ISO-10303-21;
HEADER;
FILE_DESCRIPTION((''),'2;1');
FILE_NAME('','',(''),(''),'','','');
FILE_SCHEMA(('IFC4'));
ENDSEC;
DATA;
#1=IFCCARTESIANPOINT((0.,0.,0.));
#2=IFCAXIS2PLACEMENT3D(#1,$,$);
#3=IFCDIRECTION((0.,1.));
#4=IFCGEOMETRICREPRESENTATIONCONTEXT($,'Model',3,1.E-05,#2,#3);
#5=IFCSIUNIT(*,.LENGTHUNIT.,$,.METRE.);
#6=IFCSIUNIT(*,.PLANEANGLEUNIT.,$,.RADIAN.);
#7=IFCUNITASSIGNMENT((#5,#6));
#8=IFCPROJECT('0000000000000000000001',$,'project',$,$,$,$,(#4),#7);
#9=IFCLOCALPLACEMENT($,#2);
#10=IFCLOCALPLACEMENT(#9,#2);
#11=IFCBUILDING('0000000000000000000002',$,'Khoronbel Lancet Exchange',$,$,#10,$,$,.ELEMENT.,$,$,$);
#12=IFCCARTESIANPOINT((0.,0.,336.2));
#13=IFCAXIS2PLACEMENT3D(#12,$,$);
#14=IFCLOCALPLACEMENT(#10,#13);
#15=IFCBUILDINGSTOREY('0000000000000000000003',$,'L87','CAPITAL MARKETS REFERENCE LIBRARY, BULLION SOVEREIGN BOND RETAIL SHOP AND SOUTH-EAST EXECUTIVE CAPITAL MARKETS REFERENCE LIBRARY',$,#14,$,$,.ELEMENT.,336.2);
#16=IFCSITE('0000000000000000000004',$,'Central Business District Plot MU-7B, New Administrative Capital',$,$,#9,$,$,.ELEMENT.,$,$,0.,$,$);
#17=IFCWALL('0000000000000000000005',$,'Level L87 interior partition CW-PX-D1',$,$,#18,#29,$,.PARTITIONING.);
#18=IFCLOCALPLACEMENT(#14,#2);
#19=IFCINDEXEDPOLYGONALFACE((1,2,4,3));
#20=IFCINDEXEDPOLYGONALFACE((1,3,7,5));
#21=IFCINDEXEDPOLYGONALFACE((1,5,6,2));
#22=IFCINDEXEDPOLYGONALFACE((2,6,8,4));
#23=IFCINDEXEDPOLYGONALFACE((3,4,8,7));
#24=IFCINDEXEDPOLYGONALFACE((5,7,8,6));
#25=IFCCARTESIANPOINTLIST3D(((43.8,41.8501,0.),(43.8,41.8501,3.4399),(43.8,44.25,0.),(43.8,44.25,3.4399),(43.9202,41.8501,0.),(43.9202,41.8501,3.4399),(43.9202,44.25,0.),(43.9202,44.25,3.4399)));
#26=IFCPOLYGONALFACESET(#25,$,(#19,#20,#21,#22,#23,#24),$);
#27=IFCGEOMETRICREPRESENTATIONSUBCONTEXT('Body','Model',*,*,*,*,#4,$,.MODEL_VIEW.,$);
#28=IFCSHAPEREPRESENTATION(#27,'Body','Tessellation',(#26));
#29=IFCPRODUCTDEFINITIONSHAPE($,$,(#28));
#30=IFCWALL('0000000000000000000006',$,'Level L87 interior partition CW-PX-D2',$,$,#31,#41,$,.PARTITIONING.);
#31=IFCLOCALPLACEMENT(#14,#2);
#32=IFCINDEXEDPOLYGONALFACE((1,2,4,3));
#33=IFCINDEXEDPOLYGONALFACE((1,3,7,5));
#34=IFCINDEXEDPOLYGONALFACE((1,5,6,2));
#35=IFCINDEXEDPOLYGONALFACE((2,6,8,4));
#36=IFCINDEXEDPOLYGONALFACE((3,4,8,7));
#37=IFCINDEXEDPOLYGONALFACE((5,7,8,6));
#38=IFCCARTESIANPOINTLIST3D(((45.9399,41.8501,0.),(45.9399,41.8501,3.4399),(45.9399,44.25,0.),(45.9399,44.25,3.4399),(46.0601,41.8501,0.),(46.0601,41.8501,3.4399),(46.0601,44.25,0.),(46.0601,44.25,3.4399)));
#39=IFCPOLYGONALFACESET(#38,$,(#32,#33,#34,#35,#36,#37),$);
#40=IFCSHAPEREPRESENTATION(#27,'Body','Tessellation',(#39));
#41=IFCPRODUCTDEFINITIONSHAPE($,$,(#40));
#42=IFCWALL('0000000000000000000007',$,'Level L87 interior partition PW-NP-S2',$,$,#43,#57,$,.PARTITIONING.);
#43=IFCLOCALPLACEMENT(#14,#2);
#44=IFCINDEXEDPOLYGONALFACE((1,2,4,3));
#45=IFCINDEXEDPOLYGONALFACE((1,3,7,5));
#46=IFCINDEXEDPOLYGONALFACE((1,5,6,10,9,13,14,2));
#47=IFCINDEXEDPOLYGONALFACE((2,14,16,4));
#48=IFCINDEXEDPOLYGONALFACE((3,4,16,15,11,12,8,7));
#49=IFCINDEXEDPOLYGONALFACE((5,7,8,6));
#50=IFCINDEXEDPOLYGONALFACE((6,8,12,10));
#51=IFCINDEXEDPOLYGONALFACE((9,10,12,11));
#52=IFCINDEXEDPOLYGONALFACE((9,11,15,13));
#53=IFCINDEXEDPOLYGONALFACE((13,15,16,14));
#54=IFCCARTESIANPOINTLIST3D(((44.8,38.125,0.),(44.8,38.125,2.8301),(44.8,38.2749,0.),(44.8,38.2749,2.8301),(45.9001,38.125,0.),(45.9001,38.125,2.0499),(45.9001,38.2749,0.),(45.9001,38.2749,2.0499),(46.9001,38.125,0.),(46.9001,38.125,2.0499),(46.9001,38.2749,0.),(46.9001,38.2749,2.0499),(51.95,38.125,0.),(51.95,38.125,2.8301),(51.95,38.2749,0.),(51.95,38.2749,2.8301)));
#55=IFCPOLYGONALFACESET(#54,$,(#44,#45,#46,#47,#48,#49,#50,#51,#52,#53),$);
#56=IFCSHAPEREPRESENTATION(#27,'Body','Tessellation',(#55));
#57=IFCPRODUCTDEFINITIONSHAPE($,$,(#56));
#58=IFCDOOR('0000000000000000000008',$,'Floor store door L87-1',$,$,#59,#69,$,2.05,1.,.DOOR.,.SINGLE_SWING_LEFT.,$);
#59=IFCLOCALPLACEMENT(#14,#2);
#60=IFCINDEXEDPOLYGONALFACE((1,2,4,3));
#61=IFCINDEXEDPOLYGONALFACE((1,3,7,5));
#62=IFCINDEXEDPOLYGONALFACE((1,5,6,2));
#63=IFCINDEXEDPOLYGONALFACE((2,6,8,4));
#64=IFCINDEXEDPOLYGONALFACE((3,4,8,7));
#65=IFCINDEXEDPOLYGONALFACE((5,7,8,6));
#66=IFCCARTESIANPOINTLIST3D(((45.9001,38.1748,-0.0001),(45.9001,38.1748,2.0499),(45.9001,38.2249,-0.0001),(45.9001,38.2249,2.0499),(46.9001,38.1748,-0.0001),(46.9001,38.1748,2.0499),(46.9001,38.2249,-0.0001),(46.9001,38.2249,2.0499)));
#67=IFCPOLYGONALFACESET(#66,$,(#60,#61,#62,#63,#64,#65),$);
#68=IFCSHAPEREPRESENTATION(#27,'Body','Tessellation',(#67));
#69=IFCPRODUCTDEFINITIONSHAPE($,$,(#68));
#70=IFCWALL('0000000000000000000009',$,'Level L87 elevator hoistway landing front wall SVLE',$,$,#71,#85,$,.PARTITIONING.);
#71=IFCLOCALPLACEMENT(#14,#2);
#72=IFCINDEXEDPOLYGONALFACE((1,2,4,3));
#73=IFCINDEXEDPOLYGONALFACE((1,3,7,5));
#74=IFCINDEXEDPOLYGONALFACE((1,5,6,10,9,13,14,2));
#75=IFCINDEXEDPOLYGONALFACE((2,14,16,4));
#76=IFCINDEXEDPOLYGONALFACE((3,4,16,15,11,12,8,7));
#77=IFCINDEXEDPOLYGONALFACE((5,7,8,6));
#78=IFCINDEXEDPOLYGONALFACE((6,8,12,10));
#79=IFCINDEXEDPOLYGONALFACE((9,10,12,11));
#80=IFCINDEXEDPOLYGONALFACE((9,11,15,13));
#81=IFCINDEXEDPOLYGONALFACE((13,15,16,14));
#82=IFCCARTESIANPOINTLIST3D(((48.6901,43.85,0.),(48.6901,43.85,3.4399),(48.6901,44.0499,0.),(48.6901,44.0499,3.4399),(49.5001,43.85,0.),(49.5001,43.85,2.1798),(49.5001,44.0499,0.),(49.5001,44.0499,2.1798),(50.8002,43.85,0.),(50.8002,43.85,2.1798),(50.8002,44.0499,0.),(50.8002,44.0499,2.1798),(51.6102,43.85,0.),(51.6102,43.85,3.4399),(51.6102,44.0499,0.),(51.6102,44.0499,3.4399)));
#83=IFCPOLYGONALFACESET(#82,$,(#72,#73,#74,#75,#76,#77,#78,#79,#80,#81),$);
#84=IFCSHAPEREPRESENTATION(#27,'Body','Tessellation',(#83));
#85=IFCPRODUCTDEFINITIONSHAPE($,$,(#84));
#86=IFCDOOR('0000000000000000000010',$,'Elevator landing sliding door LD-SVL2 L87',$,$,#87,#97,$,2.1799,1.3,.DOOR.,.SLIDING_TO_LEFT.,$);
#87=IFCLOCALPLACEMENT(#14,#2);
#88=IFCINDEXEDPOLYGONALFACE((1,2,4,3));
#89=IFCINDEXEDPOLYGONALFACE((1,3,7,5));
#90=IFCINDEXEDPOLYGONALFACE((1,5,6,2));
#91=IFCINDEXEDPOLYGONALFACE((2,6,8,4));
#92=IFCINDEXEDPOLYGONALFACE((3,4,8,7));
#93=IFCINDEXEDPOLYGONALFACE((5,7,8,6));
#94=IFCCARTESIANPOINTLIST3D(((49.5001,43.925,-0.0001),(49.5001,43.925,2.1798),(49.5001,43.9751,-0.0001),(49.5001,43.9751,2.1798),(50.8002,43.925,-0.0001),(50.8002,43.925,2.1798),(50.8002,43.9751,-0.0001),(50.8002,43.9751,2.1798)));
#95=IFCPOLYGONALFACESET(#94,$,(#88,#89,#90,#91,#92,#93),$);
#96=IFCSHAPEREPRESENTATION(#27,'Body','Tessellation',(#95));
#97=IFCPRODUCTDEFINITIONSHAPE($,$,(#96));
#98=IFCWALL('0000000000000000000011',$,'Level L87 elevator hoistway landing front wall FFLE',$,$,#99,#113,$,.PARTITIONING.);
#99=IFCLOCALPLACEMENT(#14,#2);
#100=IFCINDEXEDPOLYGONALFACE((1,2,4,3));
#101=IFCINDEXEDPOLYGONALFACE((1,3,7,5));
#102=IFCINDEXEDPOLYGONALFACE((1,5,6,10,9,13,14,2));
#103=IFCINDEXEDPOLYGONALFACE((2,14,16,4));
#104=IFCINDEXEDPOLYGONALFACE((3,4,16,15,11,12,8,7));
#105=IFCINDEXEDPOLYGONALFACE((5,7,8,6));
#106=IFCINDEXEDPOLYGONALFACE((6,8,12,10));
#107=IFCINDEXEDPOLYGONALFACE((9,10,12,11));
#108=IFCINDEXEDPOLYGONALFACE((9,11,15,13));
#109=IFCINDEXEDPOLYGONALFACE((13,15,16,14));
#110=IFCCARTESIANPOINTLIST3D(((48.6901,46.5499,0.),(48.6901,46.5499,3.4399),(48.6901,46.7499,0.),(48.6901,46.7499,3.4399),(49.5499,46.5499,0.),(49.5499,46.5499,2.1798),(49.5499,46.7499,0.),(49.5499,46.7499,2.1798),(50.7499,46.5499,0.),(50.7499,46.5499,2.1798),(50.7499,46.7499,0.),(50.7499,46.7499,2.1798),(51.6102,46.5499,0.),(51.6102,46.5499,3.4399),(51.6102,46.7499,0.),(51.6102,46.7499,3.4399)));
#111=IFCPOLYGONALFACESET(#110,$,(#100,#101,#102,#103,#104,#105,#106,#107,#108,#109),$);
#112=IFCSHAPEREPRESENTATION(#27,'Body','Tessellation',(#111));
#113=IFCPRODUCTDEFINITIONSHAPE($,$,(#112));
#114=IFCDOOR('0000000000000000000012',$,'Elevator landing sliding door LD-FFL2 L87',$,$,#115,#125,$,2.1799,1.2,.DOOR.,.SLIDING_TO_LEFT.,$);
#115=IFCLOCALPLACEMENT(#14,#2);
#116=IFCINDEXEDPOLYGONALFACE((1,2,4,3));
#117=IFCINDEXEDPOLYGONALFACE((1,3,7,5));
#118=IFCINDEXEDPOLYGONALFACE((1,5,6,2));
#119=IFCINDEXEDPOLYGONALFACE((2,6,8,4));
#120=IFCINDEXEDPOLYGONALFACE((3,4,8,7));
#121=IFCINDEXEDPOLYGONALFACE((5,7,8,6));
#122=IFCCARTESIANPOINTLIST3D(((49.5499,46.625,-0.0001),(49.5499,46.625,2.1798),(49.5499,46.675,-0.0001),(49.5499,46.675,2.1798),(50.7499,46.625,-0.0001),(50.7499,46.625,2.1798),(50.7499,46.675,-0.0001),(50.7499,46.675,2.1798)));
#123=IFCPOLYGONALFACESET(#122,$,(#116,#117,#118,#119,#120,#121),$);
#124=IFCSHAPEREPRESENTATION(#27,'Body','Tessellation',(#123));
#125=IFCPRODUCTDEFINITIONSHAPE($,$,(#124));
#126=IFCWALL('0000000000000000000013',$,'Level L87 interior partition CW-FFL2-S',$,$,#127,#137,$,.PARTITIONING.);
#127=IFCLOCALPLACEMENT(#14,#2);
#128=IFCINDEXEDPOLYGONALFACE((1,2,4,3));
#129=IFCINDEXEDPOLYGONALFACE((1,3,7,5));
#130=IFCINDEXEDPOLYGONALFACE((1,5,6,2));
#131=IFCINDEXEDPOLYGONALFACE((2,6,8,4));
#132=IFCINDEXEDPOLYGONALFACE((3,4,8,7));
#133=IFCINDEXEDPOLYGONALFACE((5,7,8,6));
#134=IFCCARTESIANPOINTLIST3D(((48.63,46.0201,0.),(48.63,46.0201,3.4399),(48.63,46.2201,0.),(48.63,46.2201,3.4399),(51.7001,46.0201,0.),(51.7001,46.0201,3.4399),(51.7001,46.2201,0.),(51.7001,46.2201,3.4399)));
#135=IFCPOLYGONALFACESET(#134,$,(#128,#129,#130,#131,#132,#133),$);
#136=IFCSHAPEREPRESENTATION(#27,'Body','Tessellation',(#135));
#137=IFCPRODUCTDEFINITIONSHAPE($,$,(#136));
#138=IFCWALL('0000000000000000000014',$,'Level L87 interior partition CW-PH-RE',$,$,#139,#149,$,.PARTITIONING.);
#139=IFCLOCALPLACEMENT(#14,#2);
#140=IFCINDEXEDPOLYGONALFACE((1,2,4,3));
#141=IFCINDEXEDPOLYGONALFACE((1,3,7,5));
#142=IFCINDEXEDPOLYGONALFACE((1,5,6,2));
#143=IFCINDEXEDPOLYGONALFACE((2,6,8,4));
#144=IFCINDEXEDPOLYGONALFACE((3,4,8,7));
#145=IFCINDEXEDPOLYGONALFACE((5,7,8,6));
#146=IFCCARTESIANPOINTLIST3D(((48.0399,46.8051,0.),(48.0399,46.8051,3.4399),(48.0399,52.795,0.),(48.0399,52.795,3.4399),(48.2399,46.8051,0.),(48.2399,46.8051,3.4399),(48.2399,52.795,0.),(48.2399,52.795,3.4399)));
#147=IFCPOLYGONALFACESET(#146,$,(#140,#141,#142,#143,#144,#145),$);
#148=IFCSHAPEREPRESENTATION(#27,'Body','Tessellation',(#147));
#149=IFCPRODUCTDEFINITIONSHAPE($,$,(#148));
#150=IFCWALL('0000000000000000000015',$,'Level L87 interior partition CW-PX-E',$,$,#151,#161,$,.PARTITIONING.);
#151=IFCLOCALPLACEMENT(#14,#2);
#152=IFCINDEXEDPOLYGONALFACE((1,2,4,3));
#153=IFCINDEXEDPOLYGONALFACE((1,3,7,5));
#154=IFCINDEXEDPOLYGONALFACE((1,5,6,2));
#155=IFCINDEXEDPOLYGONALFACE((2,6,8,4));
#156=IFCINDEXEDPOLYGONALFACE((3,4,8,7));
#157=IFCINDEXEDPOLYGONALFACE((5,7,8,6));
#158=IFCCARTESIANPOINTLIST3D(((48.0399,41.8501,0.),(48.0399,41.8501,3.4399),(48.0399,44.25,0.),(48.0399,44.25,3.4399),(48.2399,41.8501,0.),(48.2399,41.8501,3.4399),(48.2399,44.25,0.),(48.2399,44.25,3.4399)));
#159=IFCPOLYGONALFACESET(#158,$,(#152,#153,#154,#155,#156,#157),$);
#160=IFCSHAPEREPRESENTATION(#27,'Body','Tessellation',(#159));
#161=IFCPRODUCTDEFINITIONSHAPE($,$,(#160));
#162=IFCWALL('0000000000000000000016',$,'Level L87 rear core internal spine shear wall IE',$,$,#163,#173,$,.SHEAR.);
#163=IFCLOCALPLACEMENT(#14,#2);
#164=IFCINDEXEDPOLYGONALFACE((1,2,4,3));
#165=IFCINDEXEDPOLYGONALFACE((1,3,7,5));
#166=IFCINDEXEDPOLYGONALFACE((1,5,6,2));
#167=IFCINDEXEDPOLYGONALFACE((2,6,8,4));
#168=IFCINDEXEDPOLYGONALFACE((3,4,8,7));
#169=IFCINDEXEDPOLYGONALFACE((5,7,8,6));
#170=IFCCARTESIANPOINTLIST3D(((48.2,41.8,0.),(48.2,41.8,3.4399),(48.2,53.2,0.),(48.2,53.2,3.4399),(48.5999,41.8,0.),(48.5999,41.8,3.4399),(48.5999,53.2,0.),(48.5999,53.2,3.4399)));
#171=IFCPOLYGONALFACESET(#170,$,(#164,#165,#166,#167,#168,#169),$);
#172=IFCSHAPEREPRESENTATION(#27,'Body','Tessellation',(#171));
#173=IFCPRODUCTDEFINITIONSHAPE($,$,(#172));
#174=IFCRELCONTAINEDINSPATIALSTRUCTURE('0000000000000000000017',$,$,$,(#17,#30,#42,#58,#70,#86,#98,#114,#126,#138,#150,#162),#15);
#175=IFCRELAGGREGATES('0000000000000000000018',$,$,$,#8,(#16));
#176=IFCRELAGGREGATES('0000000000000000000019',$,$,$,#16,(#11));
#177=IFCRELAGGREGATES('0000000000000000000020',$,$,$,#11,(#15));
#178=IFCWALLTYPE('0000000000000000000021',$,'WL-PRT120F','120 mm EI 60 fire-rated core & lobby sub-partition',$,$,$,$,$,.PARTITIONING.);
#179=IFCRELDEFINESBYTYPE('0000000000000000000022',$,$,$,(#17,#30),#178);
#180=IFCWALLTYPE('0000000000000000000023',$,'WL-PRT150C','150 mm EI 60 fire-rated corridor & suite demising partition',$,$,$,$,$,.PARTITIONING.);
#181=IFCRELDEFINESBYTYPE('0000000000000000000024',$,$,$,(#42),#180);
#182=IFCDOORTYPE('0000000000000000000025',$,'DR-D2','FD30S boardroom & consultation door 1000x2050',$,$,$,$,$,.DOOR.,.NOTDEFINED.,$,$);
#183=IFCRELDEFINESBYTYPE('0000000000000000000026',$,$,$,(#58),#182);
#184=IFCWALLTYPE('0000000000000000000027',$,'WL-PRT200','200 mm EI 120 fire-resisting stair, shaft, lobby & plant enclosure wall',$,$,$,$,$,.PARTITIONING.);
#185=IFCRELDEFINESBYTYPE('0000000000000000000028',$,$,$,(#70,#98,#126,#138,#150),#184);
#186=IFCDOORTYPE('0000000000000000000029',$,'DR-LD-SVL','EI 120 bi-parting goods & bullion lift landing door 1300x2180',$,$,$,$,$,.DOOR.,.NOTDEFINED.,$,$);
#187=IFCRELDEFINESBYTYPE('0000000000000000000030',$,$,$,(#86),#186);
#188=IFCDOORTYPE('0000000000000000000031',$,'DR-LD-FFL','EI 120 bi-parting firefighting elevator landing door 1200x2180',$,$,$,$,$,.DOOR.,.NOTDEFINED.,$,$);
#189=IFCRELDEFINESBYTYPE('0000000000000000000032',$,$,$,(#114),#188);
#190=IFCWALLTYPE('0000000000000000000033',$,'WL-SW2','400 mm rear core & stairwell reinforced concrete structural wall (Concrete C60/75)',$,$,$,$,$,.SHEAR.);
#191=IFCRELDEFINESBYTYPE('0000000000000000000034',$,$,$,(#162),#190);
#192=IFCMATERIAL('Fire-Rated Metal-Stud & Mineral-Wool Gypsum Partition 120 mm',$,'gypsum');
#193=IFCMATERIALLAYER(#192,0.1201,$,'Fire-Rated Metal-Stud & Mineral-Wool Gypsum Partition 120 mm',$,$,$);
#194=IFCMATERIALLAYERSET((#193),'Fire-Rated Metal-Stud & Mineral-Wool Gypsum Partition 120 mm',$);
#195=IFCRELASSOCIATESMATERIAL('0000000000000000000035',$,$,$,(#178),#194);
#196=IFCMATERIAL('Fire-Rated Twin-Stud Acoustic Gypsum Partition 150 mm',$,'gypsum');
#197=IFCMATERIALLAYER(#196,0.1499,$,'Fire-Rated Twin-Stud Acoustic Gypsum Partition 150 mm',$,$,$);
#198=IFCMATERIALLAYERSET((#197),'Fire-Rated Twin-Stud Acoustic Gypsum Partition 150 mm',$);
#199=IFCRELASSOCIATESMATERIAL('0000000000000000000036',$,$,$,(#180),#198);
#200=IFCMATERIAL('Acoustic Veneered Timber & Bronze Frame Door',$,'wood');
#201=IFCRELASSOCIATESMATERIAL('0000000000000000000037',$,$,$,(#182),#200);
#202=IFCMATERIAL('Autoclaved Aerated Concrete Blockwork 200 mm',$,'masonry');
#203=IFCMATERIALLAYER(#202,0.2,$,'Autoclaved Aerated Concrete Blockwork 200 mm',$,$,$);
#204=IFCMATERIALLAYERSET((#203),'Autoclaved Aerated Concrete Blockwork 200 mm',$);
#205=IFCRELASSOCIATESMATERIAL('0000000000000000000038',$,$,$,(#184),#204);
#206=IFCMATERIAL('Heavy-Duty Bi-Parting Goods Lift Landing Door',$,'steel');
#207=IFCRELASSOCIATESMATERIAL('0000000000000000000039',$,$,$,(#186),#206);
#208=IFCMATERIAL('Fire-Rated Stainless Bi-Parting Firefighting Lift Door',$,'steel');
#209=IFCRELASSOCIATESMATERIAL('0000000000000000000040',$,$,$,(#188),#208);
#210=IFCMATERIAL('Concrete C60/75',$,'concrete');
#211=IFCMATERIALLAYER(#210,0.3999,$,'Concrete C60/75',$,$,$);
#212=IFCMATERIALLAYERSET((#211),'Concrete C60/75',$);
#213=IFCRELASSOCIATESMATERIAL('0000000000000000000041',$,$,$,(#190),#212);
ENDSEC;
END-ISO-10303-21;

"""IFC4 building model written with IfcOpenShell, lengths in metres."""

from ifc_helpers import new_model, si_unit, direction, frame, frame_2d, origin, place, context, subcontext, project, spatial, rectangle, extrude, material, layer, layer_set, type_object, element, fill, save


model = new_model("IFC4")

# Units and contexts
model_context = context("Model", 3, precision=1e-05, world=origin(), true_north=direction((0.0, 1.0)))
body_context = subcontext(model_context, "Body", "Model", "MODEL_VIEW")
ifc_project = project(units=[si_unit("LENGTHUNIT", "METRE"), si_unit("PLANEANGLEUNIT", "RADIAN")], contexts=[model_context])

# Site, building, storey
site_placement = place(None, origin())
site = spatial("IfcSite", under=ifc_project, at=site_placement, Name="Central Business District Plot MU-7B, New Administrative Capital", CompositionType="ELEMENT", RefElevation=0.0)
building_placement = place(site_placement, origin())
building = spatial("IfcBuilding", under=site, at=building_placement, Name="Khoronbel Lancet Exchange", CompositionType="ELEMENT")
storey_placement = place(building_placement, frame((0.0, 0.0, 336.2)))
storey = spatial("IfcBuildingStorey", under=building, at=storey_placement, Name="L87", Description="CAPITAL MARKETS REFERENCE LIBRARY, BULLION SOVEREIGN BOND RETAIL SHOP AND SOUTH-EAST EXECUTIVE CAPITAL MARKETS REFERENCE LIBRARY", CompositionType="ELEMENT", Elevation=336.2)

# Walls
ifc_material_1 = material(Name="Fire-Rated Metal-Stud & Mineral-Wool Gypsum Partition 120 mm", Category="gypsum")
ifc_layer_1 = layer(ifc_material_1, 0.1201, Name="Fire-Rated Metal-Stud & Mineral-Wool Gypsum Partition 120 mm")
ifc_layer_set_1 = layer_set([ifc_layer_1], Name="Fire-Rated Metal-Stud & Mineral-Wool Gypsum Partition 120 mm")
wall_type_1 = type_object("IfcWallType", Name="WL-PRT120F", Description="120 mm EI 60 fire-rated core & lobby sub-partition", PredefinedType="PARTITIONING", material=ifc_layer_set_1)
for number, where, z_axis, x_axis, name in (
    (1, (43.8601, 41.8501, 0.0), (0.0, 0.0, 1.0), (0.0, 1.0, 0.0), "Level L87 interior partition CW-PX-D1"),
    (2, (46.0, 41.8501, 0.0), (0.0, 0.0, 1.0), (0.0, 1.0, 0.0), "Level L87 interior partition CW-PX-D2"),
):
    element("IfcWall", number, at=place(storey_placement, frame(where, z_axis=z_axis, x_axis=x_axis)), inside=storey, type_object=wall_type_1, Name=name, PredefinedType="PARTITIONING", context=body_context, shape_type="SweptSolid", body=[
        extrude(rectangle(XDim=2.3999, YDim=0.1201, at=frame_2d((1.2, 0.0))), origin(), (0.0, 0.0, 1.0), 3.4399),
    ])

# Walls, openings, doors
ifc_material_2 = material(Name="Fire-Rated Twin-Stud Acoustic Gypsum Partition 150 mm", Category="gypsum")
ifc_layer_2 = layer(ifc_material_2, 0.1499, Name="Fire-Rated Twin-Stud Acoustic Gypsum Partition 150 mm")
ifc_layer_set_2 = layer_set([ifc_layer_2], Name="Fire-Rated Twin-Stud Acoustic Gypsum Partition 150 mm")
wall_type_2 = type_object("IfcWallType", Name="WL-PRT150C", Description="150 mm EI 60 fire-rated corridor & suite demising partition", PredefinedType="PARTITIONING", material=ifc_layer_set_2)
wall_1_placement = place(storey_placement, frame((44.8, 38.2, 0.0), z_axis=(0.0, 0.0, 1.0), x_axis=(1.0, 0.0, 0.0)))
wall_1 = element("IfcWall", 3, at=wall_1_placement, inside=storey, type_object=wall_type_2, Name="Level L87 interior partition PW-NP-S2", PredefinedType="PARTITIONING", context=body_context, shape_type="SweptSolid", body=[
    extrude(rectangle(XDim=7.1499, YDim=0.1499, at=frame_2d((3.575, 0.0))), origin(), (0.0, 0.0, 1.0), 2.8301),
])
opening_1_placement = place(wall_1_placement, frame((1.1001, 0.0, 0.0)))
opening_1 = element("IfcOpeningElement", 4, at=opening_1_placement, cuts=wall_1, PredefinedType="OPENING", context=body_context, shape_type="SweptSolid", body=[
    extrude(rectangle(XDim=1.0, YDim=2.05, at=frame_2d((0.5, 1.0249))), frame((0.0, 0.085, 0.0), z_axis=(0.0, -1.0, 0.0), x_axis=(1.0, 0.0, 0.0)), (0.0, 0.0, 1.0), 0.1699),
])
ifc_material_3 = material(Name="Acoustic Veneered Timber & Bronze Frame Door", Category="wood")
door_type_1 = type_object("IfcDoorType", Name="DR-D2", Description="FD30S boardroom & consultation door 1000x2050", OperationType="NOTDEFINED", PredefinedType="DOOR", material=ifc_material_3)
door_1_placement = place(opening_1_placement, origin())
door_1 = element("IfcDoor", 5, at=door_1_placement, inside=storey, type_object=door_type_1, Name="Floor store door L87-1", OperationType="SINGLE_SWING_LEFT", OverallHeight=2.05, OverallWidth=1.0, PredefinedType="DOOR", context=body_context, shape_type="SweptSolid", body=[
    extrude(rectangle(XDim=1.0, YDim=2.05, at=frame_2d((0.5, 1.0249))), frame((0.0, 0.0249, 0.0), z_axis=(0.0, -1.0, 0.0), x_axis=(1.0, 0.0, 0.0)), (0.0, 0.0, 1.0), 0.05),
])
fill(opening_1, door_1)
ifc_material_4 = material(Name="Autoclaved Aerated Concrete Blockwork 200 mm", Category="masonry")
ifc_layer_3 = layer(ifc_material_4, 0.2, Name="Autoclaved Aerated Concrete Blockwork 200 mm")
ifc_layer_set_3 = layer_set([ifc_layer_3], Name="Autoclaved Aerated Concrete Blockwork 200 mm")
wall_type_3 = type_object("IfcWallType", Name="WL-PRT200", Description="200 mm EI 120 fire-resisting stair, shaft, lobby & plant enclosure wall", PredefinedType="PARTITIONING", material=ifc_layer_set_3)
wall_2_placement = place(storey_placement, frame((51.6101, 43.95, 0.0), z_axis=(0.0, 0.0, 1.0), x_axis=(-1.0, 0.0, 0.0)))
wall_2 = element("IfcWall", 6, at=wall_2_placement, inside=storey, type_object=wall_type_3, Name="Level L87 elevator hoistway landing front wall SVLE", PredefinedType="PARTITIONING", context=body_context, shape_type="SweptSolid", body=[
    extrude(rectangle(XDim=2.9202, YDim=0.2, at=frame_2d((1.46, 0.0))), origin(), (0.0, 0.0, 1.0), 3.4399),
])
opening_2_placement = place(wall_2_placement, frame((0.8101, 0.0, 0.0)))
opening_2 = element("IfcOpeningElement", 7, at=opening_2_placement, cuts=wall_2, PredefinedType="OPENING", context=body_context, shape_type="SweptSolid", body=[
    extrude(rectangle(XDim=1.3, YDim=2.1799, at=frame_2d((0.6499, 1.0898))), frame((0.0, 0.1099, 0.0), z_axis=(0.0, -1.0, 0.0), x_axis=(1.0, 0.0, 0.0)), (0.0, 0.0, 1.0), 0.22),
])
ifc_material_5 = material(Name="Heavy-Duty Bi-Parting Goods Lift Landing Door", Category="steel")
door_type_2 = type_object("IfcDoorType", Name="DR-LD-SVL", Description="EI 120 bi-parting goods & bullion lift landing door 1300x2180", OperationType="NOTDEFINED", PredefinedType="DOOR", material=ifc_material_5)
door_2_placement = place(opening_2_placement, origin())
door_2 = element("IfcDoor", 8, at=door_2_placement, inside=storey, type_object=door_type_2, Name="Elevator landing sliding door LD-SVL2 L87", OperationType="SLIDING_TO_LEFT", OverallHeight=2.1799, OverallWidth=1.3, PredefinedType="DOOR", context=body_context, shape_type="SweptSolid", body=[
    extrude(rectangle(XDim=1.3, YDim=2.1799, at=frame_2d((0.6499, 1.0898))), frame((0.0, 0.0249, 0.0), z_axis=(0.0, -1.0, 0.0), x_axis=(1.0, 0.0, 0.0)), (0.0, 0.0, 1.0), 0.05),
])
fill(opening_2, door_2)
wall_3_placement = place(storey_placement, frame((51.6101, 46.6499, 0.0), z_axis=(0.0, 0.0, 1.0), x_axis=(-1.0, 0.0, 0.0)))
wall_3 = element("IfcWall", 9, at=wall_3_placement, inside=storey, type_object=wall_type_3, Name="Level L87 elevator hoistway landing front wall FFLE", PredefinedType="PARTITIONING", context=body_context, shape_type="SweptSolid", body=[
    extrude(rectangle(XDim=2.9202, YDim=0.2, at=frame_2d((1.46, 0.0))), origin(), (0.0, 0.0, 1.0), 3.4399),
])
opening_3_placement = place(wall_3_placement, frame((0.8601, 0.0, 0.0)))
opening_3 = element("IfcOpeningElement", 10, at=opening_3_placement, cuts=wall_3, PredefinedType="OPENING", context=body_context, shape_type="SweptSolid", body=[
    extrude(rectangle(XDim=1.2, YDim=2.1799, at=frame_2d((0.6001, 1.0898))), frame((0.0, 0.1099, 0.0), z_axis=(0.0, -1.0, 0.0), x_axis=(1.0, 0.0, 0.0)), (0.0, 0.0, 1.0), 0.22),
])
ifc_material_6 = material(Name="Fire-Rated Stainless Bi-Parting Firefighting Lift Door", Category="steel")
door_type_3 = type_object("IfcDoorType", Name="DR-LD-FFL", Description="EI 120 bi-parting firefighting elevator landing door 1200x2180", OperationType="NOTDEFINED", PredefinedType="DOOR", material=ifc_material_6)
door_3_placement = place(opening_3_placement, origin())
door_3 = element("IfcDoor", 11, at=door_3_placement, inside=storey, type_object=door_type_3, Name="Elevator landing sliding door LD-FFL2 L87", OperationType="SLIDING_TO_LEFT", OverallHeight=2.1799, OverallWidth=1.2, PredefinedType="DOOR", context=body_context, shape_type="SweptSolid", body=[
    extrude(rectangle(XDim=1.2, YDim=2.1799, at=frame_2d((0.6001, 1.0898))), frame((0.0, 0.0249, 0.0), z_axis=(0.0, -1.0, 0.0), x_axis=(1.0, 0.0, 0.0)), (0.0, 0.0, 1.0), 0.05),
])
fill(opening_3, door_3)

# Walls
wall_4_placement = place(storey_placement, frame((48.6299, 46.1201, 0.0), z_axis=(0.0, 0.0, 1.0), x_axis=(1.0, 0.0, 0.0)))
element("IfcWall", 12, at=wall_4_placement, inside=storey, type_object=wall_type_3, Name="Level L87 interior partition CW-FFL2-S", PredefinedType="PARTITIONING", context=body_context, shape_type="SweptSolid", body=[
    extrude(rectangle(XDim=3.0701, YDim=0.2, at=frame_2d((1.5352, 0.0))), origin(), (0.0, 0.0, 1.0), 3.4399),
])
wall_5_placement = place(storey_placement, frame((48.1399, 46.8049, 0.0), z_axis=(0.0, 0.0, 1.0), x_axis=(0.0, 1.0, 0.0)))
element("IfcWall", 13, at=wall_5_placement, inside=storey, type_object=wall_type_3, Name="Level L87 interior partition CW-PH-RE", PredefinedType="PARTITIONING", context=body_context, shape_type="SweptSolid", body=[
    extrude(rectangle(XDim=5.99, YDim=0.2, at=frame_2d((2.9951, 0.0))), origin(), (0.0, 0.0, 1.0), 3.4399),
])
wall_6_placement = place(storey_placement, frame((48.1399, 41.8501, 0.0), z_axis=(0.0, 0.0, 1.0), x_axis=(0.0, 1.0, 0.0)))
element("IfcWall", 14, at=wall_6_placement, inside=storey, type_object=wall_type_3, Name="Level L87 interior partition CW-PX-E", PredefinedType="PARTITIONING", context=body_context, shape_type="SweptSolid", body=[
    extrude(rectangle(XDim=2.3999, YDim=0.2, at=frame_2d((1.2, 0.0))), origin(), (0.0, 0.0, 1.0), 3.4399),
])
ifc_material_7 = material(Name="Concrete C60/75", Category="concrete")
ifc_layer_4 = layer(ifc_material_7, 0.3999, Name="Concrete C60/75")
ifc_layer_set_4 = layer_set([ifc_layer_4], Name="Concrete C60/75")
wall_type_4 = type_object("IfcWallType", Name="WL-SW2", Description="400 mm rear core & stairwell reinforced concrete structural wall (Concrete C60/75)", PredefinedType="SHEAR", material=ifc_layer_set_4)
wall_7_placement = place(storey_placement, frame((48.3999, 41.8, 0.0), z_axis=(0.0, 0.0, 1.0), x_axis=(0.0, 1.0, 0.0)))
element("IfcWall", 15, at=wall_7_placement, inside=storey, type_object=wall_type_4, Name="Level L87 rear core internal spine shear wall IE", PredefinedType="SHEAR", context=body_context, shape_type="SweptSolid", body=[
    extrude(rectangle(XDim=11.3999, YDim=0.3999, at=frame_2d((5.7, 0.0))), origin(), (0.0, 0.0, 1.0), 3.4399),
])

save(model, "model.ifc")
